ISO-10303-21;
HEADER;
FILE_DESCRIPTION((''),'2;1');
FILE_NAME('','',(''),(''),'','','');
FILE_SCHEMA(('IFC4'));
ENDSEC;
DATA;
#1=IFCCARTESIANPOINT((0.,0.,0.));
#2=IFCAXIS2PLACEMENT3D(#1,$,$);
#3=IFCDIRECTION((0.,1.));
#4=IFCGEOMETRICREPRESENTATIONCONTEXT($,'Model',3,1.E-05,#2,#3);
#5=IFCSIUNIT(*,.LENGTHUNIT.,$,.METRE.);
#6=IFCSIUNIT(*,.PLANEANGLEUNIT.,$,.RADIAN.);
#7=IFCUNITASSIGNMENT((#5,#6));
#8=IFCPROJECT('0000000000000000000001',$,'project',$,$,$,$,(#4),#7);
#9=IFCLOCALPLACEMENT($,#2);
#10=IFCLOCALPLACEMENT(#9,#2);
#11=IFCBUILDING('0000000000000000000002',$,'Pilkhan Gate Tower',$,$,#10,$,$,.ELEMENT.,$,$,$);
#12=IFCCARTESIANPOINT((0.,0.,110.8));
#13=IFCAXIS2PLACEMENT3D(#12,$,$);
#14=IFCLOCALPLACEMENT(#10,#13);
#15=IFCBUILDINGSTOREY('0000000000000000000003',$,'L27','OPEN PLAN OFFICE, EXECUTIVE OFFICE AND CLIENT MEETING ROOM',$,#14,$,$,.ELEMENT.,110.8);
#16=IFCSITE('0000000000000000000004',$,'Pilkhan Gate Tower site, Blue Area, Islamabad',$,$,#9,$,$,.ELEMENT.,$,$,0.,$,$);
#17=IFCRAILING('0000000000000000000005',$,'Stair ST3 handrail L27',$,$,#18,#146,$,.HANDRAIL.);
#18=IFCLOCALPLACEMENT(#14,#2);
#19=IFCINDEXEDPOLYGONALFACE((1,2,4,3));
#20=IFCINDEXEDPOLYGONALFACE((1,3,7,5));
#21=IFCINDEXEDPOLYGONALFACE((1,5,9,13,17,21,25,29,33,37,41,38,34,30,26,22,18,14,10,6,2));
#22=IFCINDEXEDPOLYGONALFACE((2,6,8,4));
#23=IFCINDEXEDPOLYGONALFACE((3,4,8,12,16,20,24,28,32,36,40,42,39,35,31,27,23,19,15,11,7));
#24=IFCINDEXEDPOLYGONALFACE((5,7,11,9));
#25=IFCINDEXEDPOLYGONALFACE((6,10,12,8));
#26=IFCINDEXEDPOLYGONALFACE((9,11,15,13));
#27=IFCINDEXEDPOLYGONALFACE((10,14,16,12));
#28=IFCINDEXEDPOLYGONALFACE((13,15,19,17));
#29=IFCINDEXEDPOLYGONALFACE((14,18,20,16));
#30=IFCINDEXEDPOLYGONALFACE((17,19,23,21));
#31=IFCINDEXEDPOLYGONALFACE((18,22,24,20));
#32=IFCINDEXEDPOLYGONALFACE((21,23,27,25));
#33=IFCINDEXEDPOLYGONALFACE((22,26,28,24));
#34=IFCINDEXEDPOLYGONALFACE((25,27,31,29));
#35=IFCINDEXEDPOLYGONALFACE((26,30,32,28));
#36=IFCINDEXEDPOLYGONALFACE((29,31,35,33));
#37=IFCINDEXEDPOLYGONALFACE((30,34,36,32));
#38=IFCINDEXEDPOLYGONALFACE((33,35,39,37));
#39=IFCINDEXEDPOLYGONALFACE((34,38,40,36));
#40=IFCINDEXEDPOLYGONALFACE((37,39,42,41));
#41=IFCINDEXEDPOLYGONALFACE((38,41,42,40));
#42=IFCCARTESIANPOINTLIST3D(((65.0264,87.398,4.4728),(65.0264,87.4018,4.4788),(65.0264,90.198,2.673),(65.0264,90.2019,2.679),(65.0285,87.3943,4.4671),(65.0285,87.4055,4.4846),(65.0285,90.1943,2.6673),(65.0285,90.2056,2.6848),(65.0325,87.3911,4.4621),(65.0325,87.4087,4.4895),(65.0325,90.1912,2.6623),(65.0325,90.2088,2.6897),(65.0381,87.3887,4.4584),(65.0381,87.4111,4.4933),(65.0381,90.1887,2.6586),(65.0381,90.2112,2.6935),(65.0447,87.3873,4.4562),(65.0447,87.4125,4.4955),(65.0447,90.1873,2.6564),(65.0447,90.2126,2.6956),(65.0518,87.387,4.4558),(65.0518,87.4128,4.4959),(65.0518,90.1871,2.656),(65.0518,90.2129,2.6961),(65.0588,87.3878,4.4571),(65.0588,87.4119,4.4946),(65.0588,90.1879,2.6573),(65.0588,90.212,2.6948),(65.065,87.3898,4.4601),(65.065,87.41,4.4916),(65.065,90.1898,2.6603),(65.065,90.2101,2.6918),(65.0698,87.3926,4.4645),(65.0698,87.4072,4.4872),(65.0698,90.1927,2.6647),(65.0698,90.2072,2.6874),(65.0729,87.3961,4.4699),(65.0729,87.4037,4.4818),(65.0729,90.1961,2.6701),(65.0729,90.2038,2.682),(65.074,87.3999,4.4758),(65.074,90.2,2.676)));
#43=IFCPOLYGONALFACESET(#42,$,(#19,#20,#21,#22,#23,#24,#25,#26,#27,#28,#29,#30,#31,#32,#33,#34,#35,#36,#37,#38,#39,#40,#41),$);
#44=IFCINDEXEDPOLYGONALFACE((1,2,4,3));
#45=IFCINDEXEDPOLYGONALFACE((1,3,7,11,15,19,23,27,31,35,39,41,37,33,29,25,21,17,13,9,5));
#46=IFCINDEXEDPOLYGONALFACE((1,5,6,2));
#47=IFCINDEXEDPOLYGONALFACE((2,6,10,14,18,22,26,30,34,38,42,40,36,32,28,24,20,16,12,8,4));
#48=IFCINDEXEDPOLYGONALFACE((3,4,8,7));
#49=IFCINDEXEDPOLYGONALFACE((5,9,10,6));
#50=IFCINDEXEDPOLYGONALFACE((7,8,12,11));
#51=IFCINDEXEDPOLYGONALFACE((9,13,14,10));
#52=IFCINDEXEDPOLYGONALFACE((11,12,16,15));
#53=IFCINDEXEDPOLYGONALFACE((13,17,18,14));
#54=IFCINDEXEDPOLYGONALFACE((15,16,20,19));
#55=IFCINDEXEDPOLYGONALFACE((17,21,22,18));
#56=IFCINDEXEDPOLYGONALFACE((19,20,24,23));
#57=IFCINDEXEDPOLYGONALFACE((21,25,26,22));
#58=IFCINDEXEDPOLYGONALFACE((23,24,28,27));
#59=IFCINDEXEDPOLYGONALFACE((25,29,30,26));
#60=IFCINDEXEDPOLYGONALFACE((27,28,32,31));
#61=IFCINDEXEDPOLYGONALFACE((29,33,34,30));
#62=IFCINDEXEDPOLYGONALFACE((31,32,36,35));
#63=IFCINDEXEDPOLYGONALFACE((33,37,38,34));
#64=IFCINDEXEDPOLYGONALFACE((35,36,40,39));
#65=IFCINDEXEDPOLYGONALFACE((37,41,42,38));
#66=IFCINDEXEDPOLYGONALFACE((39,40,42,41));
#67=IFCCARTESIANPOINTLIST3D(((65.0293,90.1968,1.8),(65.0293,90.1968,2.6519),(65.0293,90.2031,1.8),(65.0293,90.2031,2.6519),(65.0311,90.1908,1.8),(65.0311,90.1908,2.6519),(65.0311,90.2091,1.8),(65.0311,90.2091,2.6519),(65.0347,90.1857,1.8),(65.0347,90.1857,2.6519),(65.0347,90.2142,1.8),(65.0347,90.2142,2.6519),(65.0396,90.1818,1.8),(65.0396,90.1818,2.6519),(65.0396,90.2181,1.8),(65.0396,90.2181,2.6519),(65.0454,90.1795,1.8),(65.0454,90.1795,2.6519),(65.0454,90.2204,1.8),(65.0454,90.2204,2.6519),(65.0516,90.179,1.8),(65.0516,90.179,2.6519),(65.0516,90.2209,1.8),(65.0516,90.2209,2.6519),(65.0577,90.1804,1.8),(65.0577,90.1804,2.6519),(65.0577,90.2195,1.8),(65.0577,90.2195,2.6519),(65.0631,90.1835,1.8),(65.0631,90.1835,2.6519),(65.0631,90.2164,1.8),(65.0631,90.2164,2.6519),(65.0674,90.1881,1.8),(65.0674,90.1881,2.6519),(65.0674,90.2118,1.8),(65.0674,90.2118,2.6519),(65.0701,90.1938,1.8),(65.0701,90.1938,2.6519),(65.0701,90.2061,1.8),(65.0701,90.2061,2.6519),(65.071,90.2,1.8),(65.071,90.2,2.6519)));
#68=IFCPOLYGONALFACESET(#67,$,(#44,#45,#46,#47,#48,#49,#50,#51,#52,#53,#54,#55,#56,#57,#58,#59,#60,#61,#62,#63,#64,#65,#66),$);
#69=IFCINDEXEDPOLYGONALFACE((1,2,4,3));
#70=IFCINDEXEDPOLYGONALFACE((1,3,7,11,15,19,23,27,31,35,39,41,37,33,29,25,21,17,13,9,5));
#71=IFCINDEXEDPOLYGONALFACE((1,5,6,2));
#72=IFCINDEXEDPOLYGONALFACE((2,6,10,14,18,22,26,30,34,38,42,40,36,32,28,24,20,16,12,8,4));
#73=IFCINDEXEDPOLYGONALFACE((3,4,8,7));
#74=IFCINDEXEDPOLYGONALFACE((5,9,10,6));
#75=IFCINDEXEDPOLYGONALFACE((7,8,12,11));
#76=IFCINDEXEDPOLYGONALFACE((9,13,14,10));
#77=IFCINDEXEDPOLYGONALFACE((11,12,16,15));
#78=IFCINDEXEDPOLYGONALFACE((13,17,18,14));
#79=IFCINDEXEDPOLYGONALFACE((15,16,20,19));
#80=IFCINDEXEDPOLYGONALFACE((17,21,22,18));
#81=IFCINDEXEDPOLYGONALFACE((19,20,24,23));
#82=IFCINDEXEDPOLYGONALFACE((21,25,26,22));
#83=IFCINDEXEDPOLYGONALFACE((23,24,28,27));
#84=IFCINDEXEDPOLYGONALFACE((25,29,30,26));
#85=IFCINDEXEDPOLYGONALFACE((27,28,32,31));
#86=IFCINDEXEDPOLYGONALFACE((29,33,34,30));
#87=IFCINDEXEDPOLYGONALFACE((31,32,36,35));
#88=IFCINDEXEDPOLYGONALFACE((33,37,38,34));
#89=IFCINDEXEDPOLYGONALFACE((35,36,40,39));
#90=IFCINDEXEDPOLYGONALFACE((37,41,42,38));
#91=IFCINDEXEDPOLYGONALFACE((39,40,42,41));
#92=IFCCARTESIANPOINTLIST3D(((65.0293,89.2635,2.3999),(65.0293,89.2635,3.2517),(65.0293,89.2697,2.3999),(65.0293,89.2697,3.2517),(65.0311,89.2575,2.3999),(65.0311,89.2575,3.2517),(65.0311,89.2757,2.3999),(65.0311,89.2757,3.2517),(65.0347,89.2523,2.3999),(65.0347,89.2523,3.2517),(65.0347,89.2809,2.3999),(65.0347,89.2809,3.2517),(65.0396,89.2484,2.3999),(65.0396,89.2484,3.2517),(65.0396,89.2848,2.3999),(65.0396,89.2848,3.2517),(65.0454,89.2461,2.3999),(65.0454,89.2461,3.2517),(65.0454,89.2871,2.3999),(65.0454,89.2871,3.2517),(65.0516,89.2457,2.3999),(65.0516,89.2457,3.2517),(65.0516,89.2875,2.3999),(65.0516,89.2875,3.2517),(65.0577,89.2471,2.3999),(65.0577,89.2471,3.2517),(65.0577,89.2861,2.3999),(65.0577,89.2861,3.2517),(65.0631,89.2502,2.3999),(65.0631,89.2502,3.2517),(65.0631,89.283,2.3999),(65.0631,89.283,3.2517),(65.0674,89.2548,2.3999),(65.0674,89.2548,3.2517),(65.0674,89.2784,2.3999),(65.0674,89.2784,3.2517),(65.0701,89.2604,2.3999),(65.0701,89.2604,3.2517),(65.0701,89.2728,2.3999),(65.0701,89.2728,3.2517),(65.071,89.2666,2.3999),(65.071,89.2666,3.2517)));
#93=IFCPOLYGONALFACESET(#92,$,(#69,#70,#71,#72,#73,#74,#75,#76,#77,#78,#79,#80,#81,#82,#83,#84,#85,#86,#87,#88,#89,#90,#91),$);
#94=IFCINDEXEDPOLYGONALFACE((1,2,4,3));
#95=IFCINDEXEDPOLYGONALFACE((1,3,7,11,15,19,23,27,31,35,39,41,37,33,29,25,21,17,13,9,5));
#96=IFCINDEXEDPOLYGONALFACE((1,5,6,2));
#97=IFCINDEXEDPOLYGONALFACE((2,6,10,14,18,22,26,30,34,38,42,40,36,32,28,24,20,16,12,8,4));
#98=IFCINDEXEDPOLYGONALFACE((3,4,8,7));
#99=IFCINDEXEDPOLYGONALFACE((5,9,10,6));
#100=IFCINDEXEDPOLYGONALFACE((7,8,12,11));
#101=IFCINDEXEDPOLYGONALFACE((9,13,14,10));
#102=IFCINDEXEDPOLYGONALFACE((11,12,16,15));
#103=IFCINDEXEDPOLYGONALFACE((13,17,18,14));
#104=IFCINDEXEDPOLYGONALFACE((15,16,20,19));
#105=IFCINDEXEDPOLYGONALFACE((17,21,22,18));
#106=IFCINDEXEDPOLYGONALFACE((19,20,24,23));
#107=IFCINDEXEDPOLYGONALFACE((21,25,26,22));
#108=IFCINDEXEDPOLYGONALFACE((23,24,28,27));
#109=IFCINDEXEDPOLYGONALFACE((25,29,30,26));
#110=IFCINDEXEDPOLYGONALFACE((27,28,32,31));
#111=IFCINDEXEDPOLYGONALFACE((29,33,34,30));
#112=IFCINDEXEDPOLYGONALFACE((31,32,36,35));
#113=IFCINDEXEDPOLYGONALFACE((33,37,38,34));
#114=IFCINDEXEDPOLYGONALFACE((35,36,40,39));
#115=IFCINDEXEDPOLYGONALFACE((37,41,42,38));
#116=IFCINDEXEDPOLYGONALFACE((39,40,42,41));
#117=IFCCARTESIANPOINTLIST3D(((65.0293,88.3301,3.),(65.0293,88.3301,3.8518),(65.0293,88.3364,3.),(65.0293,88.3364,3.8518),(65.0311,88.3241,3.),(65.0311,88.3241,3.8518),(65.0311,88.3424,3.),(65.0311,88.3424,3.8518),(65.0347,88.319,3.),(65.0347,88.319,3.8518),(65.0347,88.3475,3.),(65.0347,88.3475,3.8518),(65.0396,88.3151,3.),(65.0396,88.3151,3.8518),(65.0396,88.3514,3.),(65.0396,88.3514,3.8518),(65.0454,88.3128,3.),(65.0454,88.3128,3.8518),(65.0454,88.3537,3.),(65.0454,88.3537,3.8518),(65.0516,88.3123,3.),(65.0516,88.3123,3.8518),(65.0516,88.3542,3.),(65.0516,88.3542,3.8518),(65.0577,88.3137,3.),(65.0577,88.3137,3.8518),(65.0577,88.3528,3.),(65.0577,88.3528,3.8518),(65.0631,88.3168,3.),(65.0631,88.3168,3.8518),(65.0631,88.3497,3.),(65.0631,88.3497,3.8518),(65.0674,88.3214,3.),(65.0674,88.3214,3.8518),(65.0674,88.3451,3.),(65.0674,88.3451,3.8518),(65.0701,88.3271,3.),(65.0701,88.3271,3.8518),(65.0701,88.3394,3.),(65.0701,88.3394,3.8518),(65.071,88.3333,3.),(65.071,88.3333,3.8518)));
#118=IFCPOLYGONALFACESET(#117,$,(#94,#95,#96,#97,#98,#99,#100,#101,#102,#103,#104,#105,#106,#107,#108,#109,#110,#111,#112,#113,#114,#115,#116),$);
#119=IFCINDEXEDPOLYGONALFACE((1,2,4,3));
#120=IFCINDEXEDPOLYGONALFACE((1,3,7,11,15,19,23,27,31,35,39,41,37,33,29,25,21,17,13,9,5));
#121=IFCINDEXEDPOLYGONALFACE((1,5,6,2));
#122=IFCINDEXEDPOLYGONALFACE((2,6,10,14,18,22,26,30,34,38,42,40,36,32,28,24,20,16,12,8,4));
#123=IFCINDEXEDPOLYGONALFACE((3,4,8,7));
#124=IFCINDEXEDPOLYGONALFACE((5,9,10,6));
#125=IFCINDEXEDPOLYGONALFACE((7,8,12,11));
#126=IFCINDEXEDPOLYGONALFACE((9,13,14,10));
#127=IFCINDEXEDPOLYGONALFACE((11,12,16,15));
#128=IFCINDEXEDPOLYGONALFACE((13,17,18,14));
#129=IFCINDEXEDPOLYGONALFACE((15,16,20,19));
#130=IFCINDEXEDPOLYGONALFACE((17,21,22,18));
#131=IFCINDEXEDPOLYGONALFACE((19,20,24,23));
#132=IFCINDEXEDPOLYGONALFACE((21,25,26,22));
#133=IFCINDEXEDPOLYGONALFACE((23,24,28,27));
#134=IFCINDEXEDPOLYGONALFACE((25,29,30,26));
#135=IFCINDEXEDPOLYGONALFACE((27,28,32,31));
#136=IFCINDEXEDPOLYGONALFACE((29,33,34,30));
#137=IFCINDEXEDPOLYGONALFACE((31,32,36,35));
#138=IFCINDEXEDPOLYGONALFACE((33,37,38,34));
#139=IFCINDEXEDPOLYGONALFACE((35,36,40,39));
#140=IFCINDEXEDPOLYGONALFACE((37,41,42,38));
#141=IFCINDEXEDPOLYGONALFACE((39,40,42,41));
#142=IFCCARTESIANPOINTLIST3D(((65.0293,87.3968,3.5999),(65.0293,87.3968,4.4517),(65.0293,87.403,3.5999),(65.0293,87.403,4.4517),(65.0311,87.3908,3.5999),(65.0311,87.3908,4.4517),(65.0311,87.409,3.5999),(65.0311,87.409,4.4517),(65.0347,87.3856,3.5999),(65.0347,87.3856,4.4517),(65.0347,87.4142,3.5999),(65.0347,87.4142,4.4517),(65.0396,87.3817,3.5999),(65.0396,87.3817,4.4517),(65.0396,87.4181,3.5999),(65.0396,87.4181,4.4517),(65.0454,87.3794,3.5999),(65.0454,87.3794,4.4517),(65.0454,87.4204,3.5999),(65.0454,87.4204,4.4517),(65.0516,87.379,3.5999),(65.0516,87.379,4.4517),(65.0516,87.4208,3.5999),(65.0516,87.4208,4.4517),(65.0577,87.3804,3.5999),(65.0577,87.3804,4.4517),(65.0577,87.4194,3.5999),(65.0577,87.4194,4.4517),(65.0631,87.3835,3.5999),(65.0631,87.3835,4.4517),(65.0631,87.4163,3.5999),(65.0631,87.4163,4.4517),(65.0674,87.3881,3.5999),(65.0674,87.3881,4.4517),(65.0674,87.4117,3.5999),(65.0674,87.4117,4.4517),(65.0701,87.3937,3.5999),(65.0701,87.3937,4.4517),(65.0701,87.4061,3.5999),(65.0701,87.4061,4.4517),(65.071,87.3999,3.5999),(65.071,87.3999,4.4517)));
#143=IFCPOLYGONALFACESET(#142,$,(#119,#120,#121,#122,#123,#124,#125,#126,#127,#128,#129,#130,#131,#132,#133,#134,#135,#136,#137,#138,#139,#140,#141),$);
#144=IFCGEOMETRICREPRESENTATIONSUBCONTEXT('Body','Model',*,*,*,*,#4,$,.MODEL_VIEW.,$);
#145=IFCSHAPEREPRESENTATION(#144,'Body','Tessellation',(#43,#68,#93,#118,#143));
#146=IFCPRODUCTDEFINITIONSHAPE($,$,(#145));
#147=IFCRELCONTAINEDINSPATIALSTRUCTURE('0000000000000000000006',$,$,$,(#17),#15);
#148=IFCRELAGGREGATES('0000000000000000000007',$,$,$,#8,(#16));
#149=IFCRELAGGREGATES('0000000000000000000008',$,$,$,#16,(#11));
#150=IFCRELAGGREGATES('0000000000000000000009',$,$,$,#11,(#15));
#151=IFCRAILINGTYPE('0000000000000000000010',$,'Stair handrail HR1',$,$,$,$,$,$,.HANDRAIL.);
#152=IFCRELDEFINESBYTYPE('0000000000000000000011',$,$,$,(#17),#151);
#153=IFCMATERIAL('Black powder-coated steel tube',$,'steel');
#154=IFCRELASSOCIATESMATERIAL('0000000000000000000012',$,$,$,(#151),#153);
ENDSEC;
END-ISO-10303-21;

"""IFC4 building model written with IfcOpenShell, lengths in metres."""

from ifc_helpers import new_model, si_unit, direction, frame, origin, origin_2d, place, context, subcontext, project, spatial, circle, extrude, material, type_object, element, save


model = new_model("IFC4")

# Units and contexts
model_context = context("Model", 3, precision=1e-05, world=origin(), true_north=direction((0.0, 1.0)))
body_context = subcontext(model_context, "Body", "Model", "MODEL_VIEW")
ifc_project = project(units=[si_unit("LENGTHUNIT", "METRE"), si_unit("PLANEANGLEUNIT", "RADIAN")], contexts=[model_context])

# Site, building, storey
site_placement = place(None, origin())
site = spatial("IfcSite", under=ifc_project, at=site_placement, Name="Pilkhan Gate Tower site, Blue Area, Islamabad", CompositionType="ELEMENT", RefElevation=0.0)
building_placement = place(site_placement, origin())
building = spatial("IfcBuilding", under=site, at=building_placement, Name="Pilkhan Gate Tower", CompositionType="ELEMENT")
storey_placement = place(building_placement, frame((0.0, 0.0, 110.8)))
storey = spatial("IfcBuildingStorey", under=building, at=storey_placement, Name="L27", Description="OPEN PLAN OFFICE, EXECUTIVE OFFICE AND CLIENT MEETING ROOM", CompositionType="ELEMENT", Elevation=110.8)

# Railing
ifc_material_1 = material(Name="Black powder-coated steel tube", Category="steel")
railing_type_1 = type_object("IfcRailingType", Name="Stair handrail HR1", PredefinedType="HANDRAIL", material=ifc_material_1)
railing_1_placement = place(storey_placement, frame((65.05, 90.2, 1.8)))
element("IfcRailing", 1, at=railing_1_placement, inside=storey, type_object=railing_type_1, Name="Stair ST3 handrail L27", PredefinedType="HANDRAIL", context=body_context, shape_type="SweptSolid", body=[
    extrude(circle(Radius=0.0239, at=origin_2d()), frame((0.0, 0.0, 0.876), z_axis=(0.0, -0.841209, 0.540709), x_axis=(1.0, 0.0, 0.0)), (0.0, 0.0, 1.0), 3.3286),
    extrude(circle(Radius=0.021, at=origin_2d()), origin(), (0.0, 0.0, 1.0), 0.8518),
    extrude(circle(Radius=0.021, at=origin_2d()), frame((0.0, -0.9333, 0.5999)), (0.0, 0.0, 1.0), 0.8518),
    extrude(circle(Radius=0.021, at=origin_2d()), frame((0.0, -1.8667, 1.2)), (0.0, 0.0, 1.0), 0.8518),
    extrude(circle(Radius=0.021, at=origin_2d()), frame((0.0, -2.8, 1.7998)), (0.0, 0.0, 1.0), 0.8518),
])

save(model, "model.ifc")
